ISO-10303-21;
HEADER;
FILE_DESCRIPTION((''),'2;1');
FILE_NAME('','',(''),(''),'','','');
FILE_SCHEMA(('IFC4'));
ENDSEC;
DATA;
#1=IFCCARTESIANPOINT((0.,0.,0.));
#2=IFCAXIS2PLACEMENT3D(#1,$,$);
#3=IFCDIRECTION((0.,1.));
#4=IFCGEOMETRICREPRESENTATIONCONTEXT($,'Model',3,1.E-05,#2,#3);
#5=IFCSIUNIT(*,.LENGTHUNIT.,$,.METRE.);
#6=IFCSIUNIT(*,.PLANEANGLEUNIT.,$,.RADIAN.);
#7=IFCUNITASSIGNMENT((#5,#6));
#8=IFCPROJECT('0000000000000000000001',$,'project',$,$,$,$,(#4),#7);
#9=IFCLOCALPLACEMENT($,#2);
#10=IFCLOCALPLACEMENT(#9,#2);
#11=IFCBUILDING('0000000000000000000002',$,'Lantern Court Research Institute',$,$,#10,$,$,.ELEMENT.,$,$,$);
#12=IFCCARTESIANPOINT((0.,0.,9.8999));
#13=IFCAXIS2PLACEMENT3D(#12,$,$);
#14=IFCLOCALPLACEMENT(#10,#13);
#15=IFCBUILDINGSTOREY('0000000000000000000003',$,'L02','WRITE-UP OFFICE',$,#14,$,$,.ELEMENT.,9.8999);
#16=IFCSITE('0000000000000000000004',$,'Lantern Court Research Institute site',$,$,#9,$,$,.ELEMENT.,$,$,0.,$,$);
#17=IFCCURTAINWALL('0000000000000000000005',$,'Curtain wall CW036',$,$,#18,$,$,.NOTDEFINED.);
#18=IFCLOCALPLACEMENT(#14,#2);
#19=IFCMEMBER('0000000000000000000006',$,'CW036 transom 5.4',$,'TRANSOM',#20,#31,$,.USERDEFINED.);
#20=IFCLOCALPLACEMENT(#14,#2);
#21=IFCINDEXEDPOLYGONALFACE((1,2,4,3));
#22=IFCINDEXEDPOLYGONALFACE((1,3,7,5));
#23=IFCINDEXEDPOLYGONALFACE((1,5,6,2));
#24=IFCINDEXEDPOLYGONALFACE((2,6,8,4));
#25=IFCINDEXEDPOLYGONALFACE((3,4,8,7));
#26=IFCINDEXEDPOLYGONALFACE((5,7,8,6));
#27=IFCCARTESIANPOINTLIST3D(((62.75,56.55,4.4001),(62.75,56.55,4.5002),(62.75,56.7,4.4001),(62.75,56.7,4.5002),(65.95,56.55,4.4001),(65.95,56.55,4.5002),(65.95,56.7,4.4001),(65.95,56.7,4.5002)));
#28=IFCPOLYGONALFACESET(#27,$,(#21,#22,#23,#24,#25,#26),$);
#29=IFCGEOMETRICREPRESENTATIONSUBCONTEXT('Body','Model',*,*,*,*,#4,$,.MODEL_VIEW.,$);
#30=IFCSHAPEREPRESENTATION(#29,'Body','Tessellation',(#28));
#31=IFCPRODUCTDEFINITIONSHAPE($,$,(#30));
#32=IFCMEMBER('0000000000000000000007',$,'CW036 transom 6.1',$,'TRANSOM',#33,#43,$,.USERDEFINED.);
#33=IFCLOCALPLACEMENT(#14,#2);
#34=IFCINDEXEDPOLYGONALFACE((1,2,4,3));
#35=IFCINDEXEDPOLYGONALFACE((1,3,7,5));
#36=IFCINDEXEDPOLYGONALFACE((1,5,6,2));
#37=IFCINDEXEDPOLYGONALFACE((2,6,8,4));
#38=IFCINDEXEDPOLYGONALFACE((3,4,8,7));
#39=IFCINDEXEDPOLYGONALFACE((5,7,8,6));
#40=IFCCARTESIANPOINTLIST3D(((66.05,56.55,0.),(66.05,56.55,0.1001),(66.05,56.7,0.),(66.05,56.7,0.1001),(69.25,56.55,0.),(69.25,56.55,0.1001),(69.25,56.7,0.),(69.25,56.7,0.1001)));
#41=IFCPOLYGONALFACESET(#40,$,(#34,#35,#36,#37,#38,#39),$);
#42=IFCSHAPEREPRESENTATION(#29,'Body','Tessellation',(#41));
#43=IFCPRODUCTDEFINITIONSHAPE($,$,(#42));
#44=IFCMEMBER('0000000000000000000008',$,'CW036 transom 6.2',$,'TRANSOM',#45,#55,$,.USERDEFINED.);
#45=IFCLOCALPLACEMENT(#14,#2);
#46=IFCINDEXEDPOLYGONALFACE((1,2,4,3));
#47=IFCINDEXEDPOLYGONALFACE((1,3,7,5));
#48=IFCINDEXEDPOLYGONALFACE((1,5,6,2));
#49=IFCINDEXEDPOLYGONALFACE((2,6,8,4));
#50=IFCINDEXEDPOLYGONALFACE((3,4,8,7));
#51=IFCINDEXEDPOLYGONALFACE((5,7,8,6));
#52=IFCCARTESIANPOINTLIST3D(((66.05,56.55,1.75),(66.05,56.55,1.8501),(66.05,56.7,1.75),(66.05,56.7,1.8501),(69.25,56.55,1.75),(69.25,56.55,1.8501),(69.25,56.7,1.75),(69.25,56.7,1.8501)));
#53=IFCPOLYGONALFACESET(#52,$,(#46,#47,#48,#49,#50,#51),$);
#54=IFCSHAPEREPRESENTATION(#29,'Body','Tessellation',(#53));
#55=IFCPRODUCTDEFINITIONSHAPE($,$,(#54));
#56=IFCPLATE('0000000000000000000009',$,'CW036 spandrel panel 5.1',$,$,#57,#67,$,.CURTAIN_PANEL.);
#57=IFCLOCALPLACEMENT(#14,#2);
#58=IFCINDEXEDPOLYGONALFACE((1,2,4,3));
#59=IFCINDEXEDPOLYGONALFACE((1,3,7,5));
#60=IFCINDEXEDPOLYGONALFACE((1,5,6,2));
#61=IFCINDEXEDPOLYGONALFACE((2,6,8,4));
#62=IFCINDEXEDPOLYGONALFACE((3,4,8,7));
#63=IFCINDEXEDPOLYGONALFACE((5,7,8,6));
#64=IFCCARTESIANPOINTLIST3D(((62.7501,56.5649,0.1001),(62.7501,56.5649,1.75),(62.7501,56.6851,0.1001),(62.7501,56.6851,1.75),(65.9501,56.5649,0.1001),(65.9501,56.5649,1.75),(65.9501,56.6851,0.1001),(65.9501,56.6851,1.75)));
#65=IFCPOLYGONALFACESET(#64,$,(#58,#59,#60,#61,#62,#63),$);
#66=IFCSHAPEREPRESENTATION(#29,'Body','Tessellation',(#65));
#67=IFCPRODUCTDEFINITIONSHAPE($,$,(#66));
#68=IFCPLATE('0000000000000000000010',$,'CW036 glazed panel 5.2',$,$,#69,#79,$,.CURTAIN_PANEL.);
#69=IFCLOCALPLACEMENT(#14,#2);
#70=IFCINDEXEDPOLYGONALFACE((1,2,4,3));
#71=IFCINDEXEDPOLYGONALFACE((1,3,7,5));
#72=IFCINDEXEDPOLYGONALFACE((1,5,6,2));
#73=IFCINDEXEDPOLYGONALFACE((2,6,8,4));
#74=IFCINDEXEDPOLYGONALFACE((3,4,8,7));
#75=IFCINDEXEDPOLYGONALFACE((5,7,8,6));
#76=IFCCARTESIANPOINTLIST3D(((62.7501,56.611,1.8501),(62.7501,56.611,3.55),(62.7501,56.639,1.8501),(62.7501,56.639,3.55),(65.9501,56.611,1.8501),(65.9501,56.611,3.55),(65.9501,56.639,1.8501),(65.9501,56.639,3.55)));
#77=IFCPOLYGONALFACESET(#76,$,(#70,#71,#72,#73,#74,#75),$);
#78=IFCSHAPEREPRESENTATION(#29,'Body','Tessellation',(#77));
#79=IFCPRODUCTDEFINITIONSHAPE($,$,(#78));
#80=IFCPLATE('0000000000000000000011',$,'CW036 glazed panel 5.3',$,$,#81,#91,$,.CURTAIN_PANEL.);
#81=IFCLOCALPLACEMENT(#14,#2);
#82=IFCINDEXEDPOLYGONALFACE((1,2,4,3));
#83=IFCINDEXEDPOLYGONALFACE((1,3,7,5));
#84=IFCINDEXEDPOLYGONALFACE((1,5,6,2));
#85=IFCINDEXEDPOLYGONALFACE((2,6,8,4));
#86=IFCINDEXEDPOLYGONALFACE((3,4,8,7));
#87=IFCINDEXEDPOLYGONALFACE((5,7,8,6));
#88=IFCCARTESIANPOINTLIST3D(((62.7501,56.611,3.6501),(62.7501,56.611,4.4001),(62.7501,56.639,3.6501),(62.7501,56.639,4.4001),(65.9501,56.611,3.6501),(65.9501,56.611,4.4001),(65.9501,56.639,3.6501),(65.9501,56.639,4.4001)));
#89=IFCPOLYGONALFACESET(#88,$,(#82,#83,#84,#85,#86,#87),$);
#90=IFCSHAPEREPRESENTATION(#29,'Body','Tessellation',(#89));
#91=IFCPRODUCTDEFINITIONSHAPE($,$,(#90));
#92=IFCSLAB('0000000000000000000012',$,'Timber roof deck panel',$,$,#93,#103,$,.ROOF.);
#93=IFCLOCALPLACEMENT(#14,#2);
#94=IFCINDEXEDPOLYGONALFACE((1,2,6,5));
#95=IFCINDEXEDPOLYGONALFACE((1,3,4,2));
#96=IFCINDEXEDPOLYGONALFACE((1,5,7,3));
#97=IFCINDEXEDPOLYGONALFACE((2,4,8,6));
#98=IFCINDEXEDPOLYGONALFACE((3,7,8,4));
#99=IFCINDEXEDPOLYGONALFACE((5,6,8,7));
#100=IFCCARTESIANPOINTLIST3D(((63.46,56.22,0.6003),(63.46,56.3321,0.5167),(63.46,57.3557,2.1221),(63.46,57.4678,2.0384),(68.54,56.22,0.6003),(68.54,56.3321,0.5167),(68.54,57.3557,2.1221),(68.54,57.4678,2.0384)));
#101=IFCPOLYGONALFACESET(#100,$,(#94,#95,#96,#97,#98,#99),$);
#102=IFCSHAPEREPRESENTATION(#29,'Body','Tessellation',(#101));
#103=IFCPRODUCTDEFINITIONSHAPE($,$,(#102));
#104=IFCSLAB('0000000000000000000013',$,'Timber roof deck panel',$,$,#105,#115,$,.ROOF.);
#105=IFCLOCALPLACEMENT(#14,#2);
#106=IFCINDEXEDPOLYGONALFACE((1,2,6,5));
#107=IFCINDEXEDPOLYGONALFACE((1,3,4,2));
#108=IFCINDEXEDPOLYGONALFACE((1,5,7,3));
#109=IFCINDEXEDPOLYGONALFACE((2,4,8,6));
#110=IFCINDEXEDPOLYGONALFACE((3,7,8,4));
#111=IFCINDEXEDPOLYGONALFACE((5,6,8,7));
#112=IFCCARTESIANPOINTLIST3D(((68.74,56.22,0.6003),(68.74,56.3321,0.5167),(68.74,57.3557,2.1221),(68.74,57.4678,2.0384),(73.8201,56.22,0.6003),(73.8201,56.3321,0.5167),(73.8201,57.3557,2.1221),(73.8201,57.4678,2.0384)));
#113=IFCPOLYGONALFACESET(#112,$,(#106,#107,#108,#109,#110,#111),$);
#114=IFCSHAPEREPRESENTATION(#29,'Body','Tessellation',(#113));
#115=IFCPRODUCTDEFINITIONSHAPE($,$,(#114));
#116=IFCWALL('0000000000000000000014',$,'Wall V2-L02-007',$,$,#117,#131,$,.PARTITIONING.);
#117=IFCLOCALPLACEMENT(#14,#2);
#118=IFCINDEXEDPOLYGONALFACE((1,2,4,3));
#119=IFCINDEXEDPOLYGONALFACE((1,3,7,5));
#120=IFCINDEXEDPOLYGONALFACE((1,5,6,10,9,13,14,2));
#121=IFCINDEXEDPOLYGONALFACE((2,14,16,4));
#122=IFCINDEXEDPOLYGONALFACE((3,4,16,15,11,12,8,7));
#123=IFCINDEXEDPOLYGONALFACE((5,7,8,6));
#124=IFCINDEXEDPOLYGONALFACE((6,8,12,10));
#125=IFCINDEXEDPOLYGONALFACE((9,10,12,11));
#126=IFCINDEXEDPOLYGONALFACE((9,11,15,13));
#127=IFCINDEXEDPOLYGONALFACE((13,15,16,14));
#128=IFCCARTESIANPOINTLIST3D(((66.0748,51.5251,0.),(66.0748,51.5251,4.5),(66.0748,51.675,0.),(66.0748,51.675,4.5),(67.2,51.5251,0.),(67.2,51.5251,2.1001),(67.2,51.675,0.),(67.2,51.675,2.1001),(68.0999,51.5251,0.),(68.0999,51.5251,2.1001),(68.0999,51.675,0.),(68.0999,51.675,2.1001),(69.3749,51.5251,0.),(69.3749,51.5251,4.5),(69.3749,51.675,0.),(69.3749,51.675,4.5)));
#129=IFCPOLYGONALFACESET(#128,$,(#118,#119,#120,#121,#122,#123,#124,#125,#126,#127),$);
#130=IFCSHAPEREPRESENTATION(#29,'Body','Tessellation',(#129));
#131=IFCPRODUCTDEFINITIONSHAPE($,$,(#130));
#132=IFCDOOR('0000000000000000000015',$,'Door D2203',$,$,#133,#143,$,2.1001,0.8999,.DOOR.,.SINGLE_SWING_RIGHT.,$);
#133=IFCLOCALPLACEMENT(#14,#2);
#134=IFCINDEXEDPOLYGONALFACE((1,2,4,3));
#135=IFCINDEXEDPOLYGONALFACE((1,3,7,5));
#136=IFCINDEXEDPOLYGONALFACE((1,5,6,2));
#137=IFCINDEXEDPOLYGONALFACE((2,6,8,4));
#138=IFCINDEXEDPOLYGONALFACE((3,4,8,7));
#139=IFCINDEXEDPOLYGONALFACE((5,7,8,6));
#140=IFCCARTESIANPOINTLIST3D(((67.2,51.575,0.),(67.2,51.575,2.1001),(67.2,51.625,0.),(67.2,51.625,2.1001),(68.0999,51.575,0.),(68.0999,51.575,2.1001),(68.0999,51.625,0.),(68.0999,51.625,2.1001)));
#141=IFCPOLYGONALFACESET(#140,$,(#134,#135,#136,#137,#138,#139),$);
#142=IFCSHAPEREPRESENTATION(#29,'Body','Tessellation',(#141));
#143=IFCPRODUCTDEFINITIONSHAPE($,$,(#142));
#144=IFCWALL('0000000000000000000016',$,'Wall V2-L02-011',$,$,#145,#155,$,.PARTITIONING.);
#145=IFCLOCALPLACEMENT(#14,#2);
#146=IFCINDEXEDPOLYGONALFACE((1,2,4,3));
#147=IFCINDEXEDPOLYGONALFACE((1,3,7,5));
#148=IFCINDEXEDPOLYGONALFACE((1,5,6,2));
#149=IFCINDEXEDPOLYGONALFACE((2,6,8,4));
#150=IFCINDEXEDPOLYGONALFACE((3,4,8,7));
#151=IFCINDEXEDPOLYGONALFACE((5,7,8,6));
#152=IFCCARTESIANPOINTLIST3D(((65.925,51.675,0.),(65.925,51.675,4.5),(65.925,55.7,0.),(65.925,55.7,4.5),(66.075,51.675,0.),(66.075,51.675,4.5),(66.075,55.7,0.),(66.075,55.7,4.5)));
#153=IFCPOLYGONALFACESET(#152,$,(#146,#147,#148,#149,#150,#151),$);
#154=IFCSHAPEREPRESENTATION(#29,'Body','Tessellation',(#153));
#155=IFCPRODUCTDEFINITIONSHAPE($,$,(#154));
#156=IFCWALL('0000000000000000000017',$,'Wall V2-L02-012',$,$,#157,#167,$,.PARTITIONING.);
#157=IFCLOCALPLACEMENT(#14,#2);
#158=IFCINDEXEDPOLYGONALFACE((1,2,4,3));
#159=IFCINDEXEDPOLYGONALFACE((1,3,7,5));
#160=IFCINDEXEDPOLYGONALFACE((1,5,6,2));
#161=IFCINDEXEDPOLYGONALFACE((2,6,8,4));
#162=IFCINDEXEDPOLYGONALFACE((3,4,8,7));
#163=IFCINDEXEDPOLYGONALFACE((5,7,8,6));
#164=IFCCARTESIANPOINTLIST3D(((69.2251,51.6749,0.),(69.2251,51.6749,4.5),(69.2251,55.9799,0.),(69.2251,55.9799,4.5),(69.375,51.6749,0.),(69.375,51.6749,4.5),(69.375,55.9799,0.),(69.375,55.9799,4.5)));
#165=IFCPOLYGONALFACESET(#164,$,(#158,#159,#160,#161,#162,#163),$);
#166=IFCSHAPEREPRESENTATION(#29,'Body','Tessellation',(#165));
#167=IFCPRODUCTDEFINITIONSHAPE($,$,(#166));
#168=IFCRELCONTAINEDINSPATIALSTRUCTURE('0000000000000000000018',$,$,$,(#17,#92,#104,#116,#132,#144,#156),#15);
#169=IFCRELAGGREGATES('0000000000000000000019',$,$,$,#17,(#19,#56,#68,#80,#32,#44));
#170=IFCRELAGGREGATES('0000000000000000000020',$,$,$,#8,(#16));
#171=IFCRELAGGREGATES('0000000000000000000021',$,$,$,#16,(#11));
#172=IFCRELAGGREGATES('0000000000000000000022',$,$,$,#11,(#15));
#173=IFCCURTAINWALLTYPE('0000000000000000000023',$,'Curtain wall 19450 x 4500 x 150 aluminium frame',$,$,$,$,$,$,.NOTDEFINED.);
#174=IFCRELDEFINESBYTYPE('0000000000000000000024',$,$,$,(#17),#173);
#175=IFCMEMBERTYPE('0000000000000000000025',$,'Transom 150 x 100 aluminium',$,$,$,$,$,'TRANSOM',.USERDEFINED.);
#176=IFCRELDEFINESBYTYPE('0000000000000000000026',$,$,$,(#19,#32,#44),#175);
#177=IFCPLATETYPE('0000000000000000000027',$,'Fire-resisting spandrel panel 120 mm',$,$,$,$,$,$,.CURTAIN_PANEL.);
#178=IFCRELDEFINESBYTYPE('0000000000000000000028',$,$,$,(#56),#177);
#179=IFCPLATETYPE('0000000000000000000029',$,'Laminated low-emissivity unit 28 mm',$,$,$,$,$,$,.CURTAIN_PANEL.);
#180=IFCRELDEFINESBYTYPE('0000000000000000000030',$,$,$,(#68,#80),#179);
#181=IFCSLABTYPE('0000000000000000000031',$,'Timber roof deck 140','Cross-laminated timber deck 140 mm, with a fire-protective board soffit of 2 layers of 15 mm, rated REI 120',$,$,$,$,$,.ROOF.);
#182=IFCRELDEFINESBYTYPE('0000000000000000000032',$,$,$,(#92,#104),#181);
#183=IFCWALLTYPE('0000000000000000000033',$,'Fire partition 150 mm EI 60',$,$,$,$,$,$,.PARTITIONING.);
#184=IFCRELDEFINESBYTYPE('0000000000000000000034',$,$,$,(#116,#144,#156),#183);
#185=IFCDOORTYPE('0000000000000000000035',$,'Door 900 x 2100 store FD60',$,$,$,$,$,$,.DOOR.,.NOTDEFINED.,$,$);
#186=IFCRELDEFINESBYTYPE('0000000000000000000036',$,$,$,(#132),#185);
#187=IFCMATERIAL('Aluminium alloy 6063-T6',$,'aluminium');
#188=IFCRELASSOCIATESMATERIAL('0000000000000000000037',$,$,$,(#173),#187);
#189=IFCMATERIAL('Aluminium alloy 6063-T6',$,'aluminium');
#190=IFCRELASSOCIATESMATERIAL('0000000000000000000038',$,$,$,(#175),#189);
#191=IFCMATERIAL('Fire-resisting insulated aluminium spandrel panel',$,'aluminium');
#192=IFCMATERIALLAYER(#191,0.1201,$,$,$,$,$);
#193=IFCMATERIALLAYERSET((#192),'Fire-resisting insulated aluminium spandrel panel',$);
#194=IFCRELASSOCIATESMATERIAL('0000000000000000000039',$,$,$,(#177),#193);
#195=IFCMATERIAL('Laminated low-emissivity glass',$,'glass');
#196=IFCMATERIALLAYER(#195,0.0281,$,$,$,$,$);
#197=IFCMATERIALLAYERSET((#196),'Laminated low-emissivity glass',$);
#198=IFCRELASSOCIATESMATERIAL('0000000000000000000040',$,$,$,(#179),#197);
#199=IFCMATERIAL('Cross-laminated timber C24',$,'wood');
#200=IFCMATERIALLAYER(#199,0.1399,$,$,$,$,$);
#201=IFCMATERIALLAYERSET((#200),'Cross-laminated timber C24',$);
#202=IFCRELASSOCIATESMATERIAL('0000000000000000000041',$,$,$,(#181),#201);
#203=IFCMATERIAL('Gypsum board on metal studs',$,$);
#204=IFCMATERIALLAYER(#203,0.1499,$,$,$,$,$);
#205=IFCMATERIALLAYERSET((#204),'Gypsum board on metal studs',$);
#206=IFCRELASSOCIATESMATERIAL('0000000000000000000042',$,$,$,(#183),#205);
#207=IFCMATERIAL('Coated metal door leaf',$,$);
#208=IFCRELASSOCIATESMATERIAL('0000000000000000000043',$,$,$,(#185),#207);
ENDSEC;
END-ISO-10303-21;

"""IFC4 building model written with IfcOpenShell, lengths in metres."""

from ifc_helpers import new_model, si_unit, direction, frame, frame_2d, origin, origin_2d, place, context, subcontext, project, spatial, polyline, rectangle, outline, extrude, material, layer, layer_set, material_profile, profile_set, type_object, element, fill, aggregate, save


model = new_model("IFC4")

# Units and contexts
model_context = context("Model", 3, precision=1e-05, world=origin(), true_north=direction((0.0, 1.0)))
body_context = subcontext(model_context, "Body", "Model", "MODEL_VIEW")
ifc_project = project(units=[si_unit("LENGTHUNIT", "METRE"), si_unit("PLANEANGLEUNIT", "RADIAN")], contexts=[model_context])

# Site, building, storey
site_placement = place(None, origin())
site = spatial("IfcSite", under=ifc_project, at=site_placement, Name="Lantern Court Research Institute site", CompositionType="ELEMENT", RefElevation=0.0)
building_placement = place(site_placement, origin())
building = spatial("IfcBuilding", under=site, at=building_placement, Name="Lantern Court Research Institute", CompositionType="ELEMENT")
storey_placement = place(building_placement, frame((0.0, 0.0, 9.8999)))
storey = spatial("IfcBuildingStorey", under=building, at=storey_placement, Name="L02", Description="WRITE-UP OFFICE", CompositionType="ELEMENT", Elevation=9.8999)

# Curtain wall, members, plates
ifc_material_1 = material(Name="Aluminium alloy 6063-T6", Category="aluminium")
curtain_wall_type = type_object("IfcCurtainWallType", Name="Curtain wall 19450 x 4500 x 150 aluminium frame", PredefinedType="NOTDEFINED", material=ifc_material_1)
curtain_wall_placement = place(storey_placement, origin())
curtain_wall = element("IfcCurtainWall", 1, at=curtain_wall_placement, inside=storey, type_object=curtain_wall_type, Name="Curtain wall CW036", PredefinedType="NOTDEFINED")
ifc_material_2 = material(Name="Aluminium alloy 6063-T6", Category="aluminium")
ifc_material_profile_1 = material_profile(ifc_material_2, rectangle(XDim=0.1499, YDim=0.1001, at=origin_2d()), Name="Transom 150 x 100")
ifc_profile_set_1 = profile_set([ifc_material_profile_1], Name="Aluminium alloy 6063-T6")
member_type_1 = type_object("IfcMemberType", Name="Transom 150 x 100 aluminium", ElementType="TRANSOM", PredefinedType="USERDEFINED", material=ifc_profile_set_1)
member_1_placement = place(storey_placement, frame((62.75, 56.625, 4.4502), z_axis=(1.0, 0.0, 0.0), x_axis=(0.0, 1.0, 0.0)))
member_1 = element("IfcMember", 2, at=member_1_placement, type_object=member_type_1, Name="CW036 transom 5.4", ObjectType="TRANSOM", PredefinedType="USERDEFINED", context=body_context, shape_type="SweptSolid", body=[
    extrude(rectangle(XDim=0.1499, YDim=0.1001, at=origin_2d()), origin(), (0.0, 0.0, 1.0), 3.2),
])
member_2_placement = place(storey_placement, frame((66.05, 56.625, 0.05), z_axis=(1.0, 0.0, 0.0), x_axis=(0.0, 1.0, 0.0)))
member_2 = element("IfcMember", 3, at=member_2_placement, type_object=member_type_1, Name="CW036 transom 6.1", ObjectType="TRANSOM", PredefinedType="USERDEFINED", context=body_context, shape_type="SweptSolid", body=[
    extrude(rectangle(XDim=0.1499, YDim=0.1001, at=origin_2d()), origin(), (0.0, 0.0, 1.0), 3.2),
])
member_3_placement = place(storey_placement, frame((66.05, 56.625, 1.8), z_axis=(1.0, 0.0, 0.0), x_axis=(0.0, 1.0, 0.0)))
member_3 = element("IfcMember", 4, at=member_3_placement, type_object=member_type_1, Name="CW036 transom 6.2", ObjectType="TRANSOM", PredefinedType="USERDEFINED", context=body_context, shape_type="SweptSolid", body=[
    extrude(rectangle(XDim=0.1499, YDim=0.1001, at=origin_2d()), origin(), (0.0, 0.0, 1.0), 3.2),
])
ifc_material_3 = material(Name="Fire-resisting insulated aluminium spandrel panel", Category="aluminium")
ifc_layer_1 = layer(ifc_material_3, 0.1201)
ifc_layer_set_1 = layer_set([ifc_layer_1], Name="Fire-resisting insulated aluminium spandrel panel")
plate_type_1 = type_object("IfcPlateType", Name="Fire-resisting spandrel panel 120 mm", PredefinedType="CURTAIN_PANEL", material=ifc_layer_set_1)
plate_1_placement = place(storey_placement, frame((64.3501, 56.625, 0.1001), z_axis=(0.0, 0.0, 1.0), x_axis=(1.0, 0.0, 0.0)))
plate_1 = element("IfcPlate", 5, at=plate_1_placement, type_object=plate_type_1, Name="CW036 spandrel panel 5.1", PredefinedType="CURTAIN_PANEL", context=body_context, shape_type="SweptSolid", body=[
    extrude(rectangle(XDim=3.2, YDim=0.1201, at=origin_2d()), origin(), (0.0, 0.0, 1.0), 1.6499),
])
ifc_material_4 = material(Name="Laminated low-emissivity glass", Category="glass")
ifc_layer_2 = layer(ifc_material_4, 0.0281)
ifc_layer_set_2 = layer_set([ifc_layer_2], Name="Laminated low-emissivity glass")
plate_type_2 = type_object("IfcPlateType", Name="Laminated low-emissivity unit 28 mm", PredefinedType="CURTAIN_PANEL", material=ifc_layer_set_2)
plate_2_placement = place(storey_placement, frame((64.3501, 56.625, 1.8501), z_axis=(0.0, 0.0, 1.0), x_axis=(1.0, 0.0, 0.0)))
plate_2 = element("IfcPlate", 6, at=plate_2_placement, type_object=plate_type_2, Name="CW036 glazed panel 5.2", PredefinedType="CURTAIN_PANEL", context=body_context, shape_type="SweptSolid", body=[
    extrude(rectangle(XDim=3.2, YDim=0.0281, at=origin_2d()), origin(), (0.0, 0.0, 1.0), 1.7),
])
plate_3_placement = place(storey_placement, frame((64.3501, 56.625, 3.6501), z_axis=(0.0, 0.0, 1.0), x_axis=(1.0, 0.0, 0.0)))
plate_3 = element("IfcPlate", 7, at=plate_3_placement, type_object=plate_type_2, Name="CW036 glazed panel 5.3", PredefinedType="CURTAIN_PANEL", context=body_context, shape_type="SweptSolid", body=[
    extrude(rectangle(XDim=3.2, YDim=0.0281, at=origin_2d()), origin(), (0.0, 0.0, 1.0), 0.75),
])
aggregate(curtain_wall, [member_1, plate_1, plate_2, plate_3, member_2, member_3])

# Slabs
ifc_material_5 = material(Name="Cross-laminated timber C24", Category="wood")
ifc_layer_3 = layer(ifc_material_5, 0.1399)
ifc_layer_set_3 = layer_set([ifc_layer_3], Name="Cross-laminated timber C24")
slab_type = type_object("IfcSlabType", Name="Timber roof deck 140", Description="Cross-laminated timber deck 140 mm, with a fire-protective board soffit of 2 layers of 15 mm, rated REI 120", PredefinedType="ROOF", material=ifc_layer_set_3)
for number, where, z_axis, x_axis, name in (
    (8, (63.46, 56.22, 0.6003), (0.0, -0.801402, 0.598126), (1.0, 0.0, 0.0), "Timber roof deck panel"),
    (9, (68.74, 56.22, 0.6003), (0.0, -0.801402, 0.598126), (1.0, 0.0, 0.0), "Timber roof deck panel"),
):
    element("IfcSlab", number, at=place(storey_placement, frame(where, z_axis=z_axis, x_axis=x_axis)), inside=storey, type_object=slab_type, Name=name, PredefinedType="ROOF", context=body_context, shape_type="SweptSolid", body=[
        extrude(outline(polyline([(0.0, 0.0), (5.0801, 0.0), (5.0801, 1.8988), (0.0, 1.8988), (0.0, 0.0)])), origin(), (0.0, 0.0, -1.0), 0.1399),
    ])

# Wall, opening, door
ifc_material_6 = material(Name="Gypsum board on metal studs")
ifc_layer_4 = layer(ifc_material_6, 0.1499)
ifc_layer_set_4 = layer_set([ifc_layer_4], Name="Gypsum board on metal studs")
wall_type = type_object("IfcWallType", Name="Fire partition 150 mm EI 60", PredefinedType="PARTITIONING", material=ifc_layer_set_4)
wall_1_placement = place(storey_placement, frame((66.075, 51.6001, 0.0), z_axis=(0.0, 0.0, 1.0), x_axis=(1.0, 0.0, 0.0)))
wall_1 = element("IfcWall", 10, at=wall_1_placement, inside=storey, type_object=wall_type, Name="Wall V2-L02-007", PredefinedType="PARTITIONING", context=body_context, shape_type="SweptSolid", body=[
    extrude(rectangle(XDim=3.3, YDim=0.1499, at=frame_2d((1.6499, 0.0))), origin(), (0.0, 0.0, 1.0), 4.5),
])
opening_placement = place(wall_1_placement, frame((1.125, 0.0, 0.0)))
opening = element("IfcOpeningElement", 11, at=opening_placement, cuts=wall_1, PredefinedType="OPENING", context=body_context, shape_type="SweptSolid", body=[
    extrude(rectangle(XDim=0.8999, YDim=2.1001, at=frame_2d((0.45, 1.05))), frame((0.0, 0.085, 0.0), z_axis=(0.0, -1.0, 0.0), x_axis=(1.0, 0.0, 0.0)), (0.0, 0.0, 1.0), 0.1699),
])
ifc_material_7 = material(Name="Coated metal door leaf")
door_type = type_object("IfcDoorType", Name="Door 900 x 2100 store FD60", OperationType="NOTDEFINED", PredefinedType="DOOR", material=ifc_material_7)
door_placement = place(opening_placement, origin())
door = element("IfcDoor", 12, at=door_placement, inside=storey, type_object=door_type, Name="Door D2203", OperationType="SINGLE_SWING_RIGHT", OverallHeight=2.1001, OverallWidth=0.8999, PredefinedType="DOOR", context=body_context, shape_type="SweptSolid", body=[
    extrude(rectangle(XDim=0.8999, YDim=2.1001, at=frame_2d((0.45, 1.05))), frame((0.0, 0.0249, 0.0), z_axis=(0.0, -1.0, 0.0), x_axis=(1.0, 0.0, 0.0)), (0.0, 0.0, 1.0), 0.05),
])
fill(opening, door)

# Walls
wall_2_placement = place(storey_placement, frame((66.0, 51.675, 0.0), z_axis=(0.0, 0.0, 1.0), x_axis=(0.0, 1.0, 0.0)))
element("IfcWall", 13, at=wall_2_placement, inside=storey, type_object=wall_type, Name="Wall V2-L02-011", PredefinedType="PARTITIONING", context=body_context, shape_type="SweptSolid", body=[
    extrude(rectangle(XDim=4.0249, YDim=0.1499, at=frame_2d((2.0125, 0.0))), origin(), (0.0, 0.0, 1.0), 4.5),
])
wall_3_placement = place(storey_placement, frame((69.3, 51.675, 0.0), z_axis=(0.0, 0.0, 1.0), x_axis=(0.0, 1.0, 0.0)))
element("IfcWall", 14, at=wall_3_placement, inside=storey, type_object=wall_type, Name="Wall V2-L02-012", PredefinedType="PARTITIONING", context=body_context, shape_type="SweptSolid", body=[
    extrude(rectangle(XDim=4.3049, YDim=0.1499, at=frame_2d((2.1523, 0.0))), origin(), (0.0, 0.0, 1.0), 4.5),
])

save(model, "model.ifc")
